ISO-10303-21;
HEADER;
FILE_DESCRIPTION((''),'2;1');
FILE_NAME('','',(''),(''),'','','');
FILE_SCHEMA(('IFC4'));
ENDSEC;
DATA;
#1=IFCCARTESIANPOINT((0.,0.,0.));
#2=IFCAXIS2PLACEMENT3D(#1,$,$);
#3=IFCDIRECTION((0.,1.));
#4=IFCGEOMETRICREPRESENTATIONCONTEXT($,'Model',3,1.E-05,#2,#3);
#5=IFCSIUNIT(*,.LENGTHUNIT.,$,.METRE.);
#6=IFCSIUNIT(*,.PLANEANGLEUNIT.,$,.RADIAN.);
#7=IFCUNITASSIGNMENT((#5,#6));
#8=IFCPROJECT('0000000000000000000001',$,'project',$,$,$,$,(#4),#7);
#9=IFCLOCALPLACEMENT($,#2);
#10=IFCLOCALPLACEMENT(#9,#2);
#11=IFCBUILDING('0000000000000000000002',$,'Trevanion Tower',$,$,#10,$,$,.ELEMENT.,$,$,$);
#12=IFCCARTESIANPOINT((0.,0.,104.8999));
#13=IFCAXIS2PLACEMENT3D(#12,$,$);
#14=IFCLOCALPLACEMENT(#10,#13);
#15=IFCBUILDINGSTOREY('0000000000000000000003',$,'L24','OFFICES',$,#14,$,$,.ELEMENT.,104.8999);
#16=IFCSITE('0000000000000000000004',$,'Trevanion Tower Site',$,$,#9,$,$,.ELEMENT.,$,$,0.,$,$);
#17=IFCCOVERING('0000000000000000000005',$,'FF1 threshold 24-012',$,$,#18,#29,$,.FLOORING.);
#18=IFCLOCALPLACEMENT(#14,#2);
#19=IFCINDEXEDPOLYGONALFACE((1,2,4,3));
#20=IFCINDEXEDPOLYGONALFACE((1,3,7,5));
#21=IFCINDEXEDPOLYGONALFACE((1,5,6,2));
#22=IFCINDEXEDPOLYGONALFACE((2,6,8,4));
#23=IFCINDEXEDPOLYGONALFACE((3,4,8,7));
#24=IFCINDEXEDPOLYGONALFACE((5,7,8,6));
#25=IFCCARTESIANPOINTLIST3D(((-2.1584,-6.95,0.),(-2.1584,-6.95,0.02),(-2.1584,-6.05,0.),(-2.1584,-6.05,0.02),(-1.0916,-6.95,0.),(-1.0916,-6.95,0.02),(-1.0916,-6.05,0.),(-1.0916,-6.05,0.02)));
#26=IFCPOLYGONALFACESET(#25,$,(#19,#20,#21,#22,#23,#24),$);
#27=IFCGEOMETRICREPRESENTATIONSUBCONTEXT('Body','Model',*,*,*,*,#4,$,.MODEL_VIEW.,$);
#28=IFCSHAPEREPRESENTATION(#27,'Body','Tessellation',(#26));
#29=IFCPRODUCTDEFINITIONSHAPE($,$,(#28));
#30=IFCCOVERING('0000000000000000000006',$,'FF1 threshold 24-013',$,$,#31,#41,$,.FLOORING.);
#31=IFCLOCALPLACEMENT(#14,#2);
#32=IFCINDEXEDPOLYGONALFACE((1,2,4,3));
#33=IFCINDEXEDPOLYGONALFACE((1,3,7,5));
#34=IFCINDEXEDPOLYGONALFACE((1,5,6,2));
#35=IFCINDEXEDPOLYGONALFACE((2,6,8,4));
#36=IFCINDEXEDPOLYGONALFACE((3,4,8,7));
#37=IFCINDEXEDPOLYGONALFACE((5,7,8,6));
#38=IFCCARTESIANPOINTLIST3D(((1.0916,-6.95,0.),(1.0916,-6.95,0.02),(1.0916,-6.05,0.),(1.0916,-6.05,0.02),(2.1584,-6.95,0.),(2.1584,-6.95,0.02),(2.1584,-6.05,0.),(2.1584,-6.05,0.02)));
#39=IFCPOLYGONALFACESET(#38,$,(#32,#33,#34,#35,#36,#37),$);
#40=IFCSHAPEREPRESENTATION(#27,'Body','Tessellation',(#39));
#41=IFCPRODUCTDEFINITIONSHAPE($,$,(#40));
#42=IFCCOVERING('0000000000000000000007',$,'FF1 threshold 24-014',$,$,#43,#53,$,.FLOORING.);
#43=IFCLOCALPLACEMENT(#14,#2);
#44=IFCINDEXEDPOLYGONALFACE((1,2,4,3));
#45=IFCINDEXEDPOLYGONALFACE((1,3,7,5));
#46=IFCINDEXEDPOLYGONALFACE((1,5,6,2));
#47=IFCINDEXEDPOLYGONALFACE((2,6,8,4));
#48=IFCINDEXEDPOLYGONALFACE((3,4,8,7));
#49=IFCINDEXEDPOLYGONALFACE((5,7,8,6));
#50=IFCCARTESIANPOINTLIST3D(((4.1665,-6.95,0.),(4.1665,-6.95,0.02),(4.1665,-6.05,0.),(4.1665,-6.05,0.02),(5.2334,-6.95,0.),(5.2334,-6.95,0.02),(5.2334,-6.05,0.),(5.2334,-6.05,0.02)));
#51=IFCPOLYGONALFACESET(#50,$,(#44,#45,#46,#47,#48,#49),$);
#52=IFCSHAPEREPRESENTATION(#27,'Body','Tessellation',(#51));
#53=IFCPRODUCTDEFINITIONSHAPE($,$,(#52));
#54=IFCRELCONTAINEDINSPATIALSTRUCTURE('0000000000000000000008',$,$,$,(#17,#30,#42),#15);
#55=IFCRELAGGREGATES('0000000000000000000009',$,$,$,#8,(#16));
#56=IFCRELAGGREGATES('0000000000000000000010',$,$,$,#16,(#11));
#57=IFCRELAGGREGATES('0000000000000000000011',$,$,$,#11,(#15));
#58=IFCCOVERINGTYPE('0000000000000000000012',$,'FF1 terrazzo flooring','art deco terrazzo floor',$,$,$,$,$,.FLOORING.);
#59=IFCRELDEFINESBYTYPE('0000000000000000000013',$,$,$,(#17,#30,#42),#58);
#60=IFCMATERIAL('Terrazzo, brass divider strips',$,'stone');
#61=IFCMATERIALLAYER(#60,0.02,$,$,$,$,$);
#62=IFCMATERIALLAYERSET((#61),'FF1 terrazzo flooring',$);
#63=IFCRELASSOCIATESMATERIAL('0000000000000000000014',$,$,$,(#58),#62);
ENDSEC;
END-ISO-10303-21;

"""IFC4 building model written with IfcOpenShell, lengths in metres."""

from ifc_helpers import new_model, si_unit, direction, frame, origin, place, context, subcontext, project, spatial, polyline, outline, extrude, material, layer, layer_set, type_object, element, save


model = new_model("IFC4")

# Units and contexts
model_context = context("Model", 3, precision=1e-05, world=origin(), true_north=direction((0.0, 1.0)))
body_context = subcontext(model_context, "Body", "Model", "MODEL_VIEW")
ifc_project = project(units=[si_unit("LENGTHUNIT", "METRE"), si_unit("PLANEANGLEUNIT", "RADIAN")], contexts=[model_context])

# Site, building, storey
site_placement = place(None, origin())
site = spatial("IfcSite", under=ifc_project, at=site_placement, Name="Trevanion Tower Site", CompositionType="ELEMENT", RefElevation=0.0)
building_placement = place(site_placement, origin())
building = spatial("IfcBuilding", under=site, at=building_placement, Name="Trevanion Tower", CompositionType="ELEMENT")
storey_placement = place(building_placement, frame((0.0, 0.0, 104.8999)))
storey = spatial("IfcBuildingStorey", under=building, at=storey_placement, Name="L24", Description="OFFICES", CompositionType="ELEMENT", Elevation=104.8999)

# Coverings
ifc_material_1 = material(Name="Terrazzo, brass divider strips", Category="stone")
ifc_layer_1 = layer(ifc_material_1, 0.02)
ifc_layer_set_1 = layer_set([ifc_layer_1], Name="FF1 terrazzo flooring")
covering_type = type_object("IfcCoveringType", Name="FF1 terrazzo flooring", Description="art deco terrazzo floor", PredefinedType="FLOORING", material=ifc_layer_set_1)
covering_1_placement = place(storey_placement, origin())
element("IfcCovering", 1, at=covering_1_placement, inside=storey, type_object=covering_type, Name="FF1 threshold 24-012", PredefinedType="FLOORING", context=body_context, shape_type="SweptSolid", body=[
    extrude(outline(polyline([(-2.1584, -6.95), (-1.0916, -6.95), (-1.0916, -6.05), (-2.1584, -6.05), (-2.1584, -6.95)])), origin(), (0.0, 0.0, 1.0), 0.02),
])
covering_2_placement = place(storey_placement, origin())
element("IfcCovering", 2, at=covering_2_placement, inside=storey, type_object=covering_type, Name="FF1 threshold 24-013", PredefinedType="FLOORING", context=body_context, shape_type="SweptSolid", body=[
    extrude(outline(polyline([(1.0916, -6.95), (2.1584, -6.95), (2.1584, -6.05), (1.0916, -6.05), (1.0916, -6.95)])), origin(), (0.0, 0.0, 1.0), 0.02),
])
covering_3_placement = place(storey_placement, origin())
element("IfcCovering", 3, at=covering_3_placement, inside=storey, type_object=covering_type, Name="FF1 threshold 24-014", PredefinedType="FLOORING", context=body_context, shape_type="SweptSolid", body=[
    extrude(outline(polyline([(4.1665, -6.95), (5.2334, -6.95), (5.2334, -6.05), (4.1665, -6.05), (4.1665, -6.95)])), origin(), (0.0, 0.0, 1.0), 0.02),
])

save(model, "model.ifc")
